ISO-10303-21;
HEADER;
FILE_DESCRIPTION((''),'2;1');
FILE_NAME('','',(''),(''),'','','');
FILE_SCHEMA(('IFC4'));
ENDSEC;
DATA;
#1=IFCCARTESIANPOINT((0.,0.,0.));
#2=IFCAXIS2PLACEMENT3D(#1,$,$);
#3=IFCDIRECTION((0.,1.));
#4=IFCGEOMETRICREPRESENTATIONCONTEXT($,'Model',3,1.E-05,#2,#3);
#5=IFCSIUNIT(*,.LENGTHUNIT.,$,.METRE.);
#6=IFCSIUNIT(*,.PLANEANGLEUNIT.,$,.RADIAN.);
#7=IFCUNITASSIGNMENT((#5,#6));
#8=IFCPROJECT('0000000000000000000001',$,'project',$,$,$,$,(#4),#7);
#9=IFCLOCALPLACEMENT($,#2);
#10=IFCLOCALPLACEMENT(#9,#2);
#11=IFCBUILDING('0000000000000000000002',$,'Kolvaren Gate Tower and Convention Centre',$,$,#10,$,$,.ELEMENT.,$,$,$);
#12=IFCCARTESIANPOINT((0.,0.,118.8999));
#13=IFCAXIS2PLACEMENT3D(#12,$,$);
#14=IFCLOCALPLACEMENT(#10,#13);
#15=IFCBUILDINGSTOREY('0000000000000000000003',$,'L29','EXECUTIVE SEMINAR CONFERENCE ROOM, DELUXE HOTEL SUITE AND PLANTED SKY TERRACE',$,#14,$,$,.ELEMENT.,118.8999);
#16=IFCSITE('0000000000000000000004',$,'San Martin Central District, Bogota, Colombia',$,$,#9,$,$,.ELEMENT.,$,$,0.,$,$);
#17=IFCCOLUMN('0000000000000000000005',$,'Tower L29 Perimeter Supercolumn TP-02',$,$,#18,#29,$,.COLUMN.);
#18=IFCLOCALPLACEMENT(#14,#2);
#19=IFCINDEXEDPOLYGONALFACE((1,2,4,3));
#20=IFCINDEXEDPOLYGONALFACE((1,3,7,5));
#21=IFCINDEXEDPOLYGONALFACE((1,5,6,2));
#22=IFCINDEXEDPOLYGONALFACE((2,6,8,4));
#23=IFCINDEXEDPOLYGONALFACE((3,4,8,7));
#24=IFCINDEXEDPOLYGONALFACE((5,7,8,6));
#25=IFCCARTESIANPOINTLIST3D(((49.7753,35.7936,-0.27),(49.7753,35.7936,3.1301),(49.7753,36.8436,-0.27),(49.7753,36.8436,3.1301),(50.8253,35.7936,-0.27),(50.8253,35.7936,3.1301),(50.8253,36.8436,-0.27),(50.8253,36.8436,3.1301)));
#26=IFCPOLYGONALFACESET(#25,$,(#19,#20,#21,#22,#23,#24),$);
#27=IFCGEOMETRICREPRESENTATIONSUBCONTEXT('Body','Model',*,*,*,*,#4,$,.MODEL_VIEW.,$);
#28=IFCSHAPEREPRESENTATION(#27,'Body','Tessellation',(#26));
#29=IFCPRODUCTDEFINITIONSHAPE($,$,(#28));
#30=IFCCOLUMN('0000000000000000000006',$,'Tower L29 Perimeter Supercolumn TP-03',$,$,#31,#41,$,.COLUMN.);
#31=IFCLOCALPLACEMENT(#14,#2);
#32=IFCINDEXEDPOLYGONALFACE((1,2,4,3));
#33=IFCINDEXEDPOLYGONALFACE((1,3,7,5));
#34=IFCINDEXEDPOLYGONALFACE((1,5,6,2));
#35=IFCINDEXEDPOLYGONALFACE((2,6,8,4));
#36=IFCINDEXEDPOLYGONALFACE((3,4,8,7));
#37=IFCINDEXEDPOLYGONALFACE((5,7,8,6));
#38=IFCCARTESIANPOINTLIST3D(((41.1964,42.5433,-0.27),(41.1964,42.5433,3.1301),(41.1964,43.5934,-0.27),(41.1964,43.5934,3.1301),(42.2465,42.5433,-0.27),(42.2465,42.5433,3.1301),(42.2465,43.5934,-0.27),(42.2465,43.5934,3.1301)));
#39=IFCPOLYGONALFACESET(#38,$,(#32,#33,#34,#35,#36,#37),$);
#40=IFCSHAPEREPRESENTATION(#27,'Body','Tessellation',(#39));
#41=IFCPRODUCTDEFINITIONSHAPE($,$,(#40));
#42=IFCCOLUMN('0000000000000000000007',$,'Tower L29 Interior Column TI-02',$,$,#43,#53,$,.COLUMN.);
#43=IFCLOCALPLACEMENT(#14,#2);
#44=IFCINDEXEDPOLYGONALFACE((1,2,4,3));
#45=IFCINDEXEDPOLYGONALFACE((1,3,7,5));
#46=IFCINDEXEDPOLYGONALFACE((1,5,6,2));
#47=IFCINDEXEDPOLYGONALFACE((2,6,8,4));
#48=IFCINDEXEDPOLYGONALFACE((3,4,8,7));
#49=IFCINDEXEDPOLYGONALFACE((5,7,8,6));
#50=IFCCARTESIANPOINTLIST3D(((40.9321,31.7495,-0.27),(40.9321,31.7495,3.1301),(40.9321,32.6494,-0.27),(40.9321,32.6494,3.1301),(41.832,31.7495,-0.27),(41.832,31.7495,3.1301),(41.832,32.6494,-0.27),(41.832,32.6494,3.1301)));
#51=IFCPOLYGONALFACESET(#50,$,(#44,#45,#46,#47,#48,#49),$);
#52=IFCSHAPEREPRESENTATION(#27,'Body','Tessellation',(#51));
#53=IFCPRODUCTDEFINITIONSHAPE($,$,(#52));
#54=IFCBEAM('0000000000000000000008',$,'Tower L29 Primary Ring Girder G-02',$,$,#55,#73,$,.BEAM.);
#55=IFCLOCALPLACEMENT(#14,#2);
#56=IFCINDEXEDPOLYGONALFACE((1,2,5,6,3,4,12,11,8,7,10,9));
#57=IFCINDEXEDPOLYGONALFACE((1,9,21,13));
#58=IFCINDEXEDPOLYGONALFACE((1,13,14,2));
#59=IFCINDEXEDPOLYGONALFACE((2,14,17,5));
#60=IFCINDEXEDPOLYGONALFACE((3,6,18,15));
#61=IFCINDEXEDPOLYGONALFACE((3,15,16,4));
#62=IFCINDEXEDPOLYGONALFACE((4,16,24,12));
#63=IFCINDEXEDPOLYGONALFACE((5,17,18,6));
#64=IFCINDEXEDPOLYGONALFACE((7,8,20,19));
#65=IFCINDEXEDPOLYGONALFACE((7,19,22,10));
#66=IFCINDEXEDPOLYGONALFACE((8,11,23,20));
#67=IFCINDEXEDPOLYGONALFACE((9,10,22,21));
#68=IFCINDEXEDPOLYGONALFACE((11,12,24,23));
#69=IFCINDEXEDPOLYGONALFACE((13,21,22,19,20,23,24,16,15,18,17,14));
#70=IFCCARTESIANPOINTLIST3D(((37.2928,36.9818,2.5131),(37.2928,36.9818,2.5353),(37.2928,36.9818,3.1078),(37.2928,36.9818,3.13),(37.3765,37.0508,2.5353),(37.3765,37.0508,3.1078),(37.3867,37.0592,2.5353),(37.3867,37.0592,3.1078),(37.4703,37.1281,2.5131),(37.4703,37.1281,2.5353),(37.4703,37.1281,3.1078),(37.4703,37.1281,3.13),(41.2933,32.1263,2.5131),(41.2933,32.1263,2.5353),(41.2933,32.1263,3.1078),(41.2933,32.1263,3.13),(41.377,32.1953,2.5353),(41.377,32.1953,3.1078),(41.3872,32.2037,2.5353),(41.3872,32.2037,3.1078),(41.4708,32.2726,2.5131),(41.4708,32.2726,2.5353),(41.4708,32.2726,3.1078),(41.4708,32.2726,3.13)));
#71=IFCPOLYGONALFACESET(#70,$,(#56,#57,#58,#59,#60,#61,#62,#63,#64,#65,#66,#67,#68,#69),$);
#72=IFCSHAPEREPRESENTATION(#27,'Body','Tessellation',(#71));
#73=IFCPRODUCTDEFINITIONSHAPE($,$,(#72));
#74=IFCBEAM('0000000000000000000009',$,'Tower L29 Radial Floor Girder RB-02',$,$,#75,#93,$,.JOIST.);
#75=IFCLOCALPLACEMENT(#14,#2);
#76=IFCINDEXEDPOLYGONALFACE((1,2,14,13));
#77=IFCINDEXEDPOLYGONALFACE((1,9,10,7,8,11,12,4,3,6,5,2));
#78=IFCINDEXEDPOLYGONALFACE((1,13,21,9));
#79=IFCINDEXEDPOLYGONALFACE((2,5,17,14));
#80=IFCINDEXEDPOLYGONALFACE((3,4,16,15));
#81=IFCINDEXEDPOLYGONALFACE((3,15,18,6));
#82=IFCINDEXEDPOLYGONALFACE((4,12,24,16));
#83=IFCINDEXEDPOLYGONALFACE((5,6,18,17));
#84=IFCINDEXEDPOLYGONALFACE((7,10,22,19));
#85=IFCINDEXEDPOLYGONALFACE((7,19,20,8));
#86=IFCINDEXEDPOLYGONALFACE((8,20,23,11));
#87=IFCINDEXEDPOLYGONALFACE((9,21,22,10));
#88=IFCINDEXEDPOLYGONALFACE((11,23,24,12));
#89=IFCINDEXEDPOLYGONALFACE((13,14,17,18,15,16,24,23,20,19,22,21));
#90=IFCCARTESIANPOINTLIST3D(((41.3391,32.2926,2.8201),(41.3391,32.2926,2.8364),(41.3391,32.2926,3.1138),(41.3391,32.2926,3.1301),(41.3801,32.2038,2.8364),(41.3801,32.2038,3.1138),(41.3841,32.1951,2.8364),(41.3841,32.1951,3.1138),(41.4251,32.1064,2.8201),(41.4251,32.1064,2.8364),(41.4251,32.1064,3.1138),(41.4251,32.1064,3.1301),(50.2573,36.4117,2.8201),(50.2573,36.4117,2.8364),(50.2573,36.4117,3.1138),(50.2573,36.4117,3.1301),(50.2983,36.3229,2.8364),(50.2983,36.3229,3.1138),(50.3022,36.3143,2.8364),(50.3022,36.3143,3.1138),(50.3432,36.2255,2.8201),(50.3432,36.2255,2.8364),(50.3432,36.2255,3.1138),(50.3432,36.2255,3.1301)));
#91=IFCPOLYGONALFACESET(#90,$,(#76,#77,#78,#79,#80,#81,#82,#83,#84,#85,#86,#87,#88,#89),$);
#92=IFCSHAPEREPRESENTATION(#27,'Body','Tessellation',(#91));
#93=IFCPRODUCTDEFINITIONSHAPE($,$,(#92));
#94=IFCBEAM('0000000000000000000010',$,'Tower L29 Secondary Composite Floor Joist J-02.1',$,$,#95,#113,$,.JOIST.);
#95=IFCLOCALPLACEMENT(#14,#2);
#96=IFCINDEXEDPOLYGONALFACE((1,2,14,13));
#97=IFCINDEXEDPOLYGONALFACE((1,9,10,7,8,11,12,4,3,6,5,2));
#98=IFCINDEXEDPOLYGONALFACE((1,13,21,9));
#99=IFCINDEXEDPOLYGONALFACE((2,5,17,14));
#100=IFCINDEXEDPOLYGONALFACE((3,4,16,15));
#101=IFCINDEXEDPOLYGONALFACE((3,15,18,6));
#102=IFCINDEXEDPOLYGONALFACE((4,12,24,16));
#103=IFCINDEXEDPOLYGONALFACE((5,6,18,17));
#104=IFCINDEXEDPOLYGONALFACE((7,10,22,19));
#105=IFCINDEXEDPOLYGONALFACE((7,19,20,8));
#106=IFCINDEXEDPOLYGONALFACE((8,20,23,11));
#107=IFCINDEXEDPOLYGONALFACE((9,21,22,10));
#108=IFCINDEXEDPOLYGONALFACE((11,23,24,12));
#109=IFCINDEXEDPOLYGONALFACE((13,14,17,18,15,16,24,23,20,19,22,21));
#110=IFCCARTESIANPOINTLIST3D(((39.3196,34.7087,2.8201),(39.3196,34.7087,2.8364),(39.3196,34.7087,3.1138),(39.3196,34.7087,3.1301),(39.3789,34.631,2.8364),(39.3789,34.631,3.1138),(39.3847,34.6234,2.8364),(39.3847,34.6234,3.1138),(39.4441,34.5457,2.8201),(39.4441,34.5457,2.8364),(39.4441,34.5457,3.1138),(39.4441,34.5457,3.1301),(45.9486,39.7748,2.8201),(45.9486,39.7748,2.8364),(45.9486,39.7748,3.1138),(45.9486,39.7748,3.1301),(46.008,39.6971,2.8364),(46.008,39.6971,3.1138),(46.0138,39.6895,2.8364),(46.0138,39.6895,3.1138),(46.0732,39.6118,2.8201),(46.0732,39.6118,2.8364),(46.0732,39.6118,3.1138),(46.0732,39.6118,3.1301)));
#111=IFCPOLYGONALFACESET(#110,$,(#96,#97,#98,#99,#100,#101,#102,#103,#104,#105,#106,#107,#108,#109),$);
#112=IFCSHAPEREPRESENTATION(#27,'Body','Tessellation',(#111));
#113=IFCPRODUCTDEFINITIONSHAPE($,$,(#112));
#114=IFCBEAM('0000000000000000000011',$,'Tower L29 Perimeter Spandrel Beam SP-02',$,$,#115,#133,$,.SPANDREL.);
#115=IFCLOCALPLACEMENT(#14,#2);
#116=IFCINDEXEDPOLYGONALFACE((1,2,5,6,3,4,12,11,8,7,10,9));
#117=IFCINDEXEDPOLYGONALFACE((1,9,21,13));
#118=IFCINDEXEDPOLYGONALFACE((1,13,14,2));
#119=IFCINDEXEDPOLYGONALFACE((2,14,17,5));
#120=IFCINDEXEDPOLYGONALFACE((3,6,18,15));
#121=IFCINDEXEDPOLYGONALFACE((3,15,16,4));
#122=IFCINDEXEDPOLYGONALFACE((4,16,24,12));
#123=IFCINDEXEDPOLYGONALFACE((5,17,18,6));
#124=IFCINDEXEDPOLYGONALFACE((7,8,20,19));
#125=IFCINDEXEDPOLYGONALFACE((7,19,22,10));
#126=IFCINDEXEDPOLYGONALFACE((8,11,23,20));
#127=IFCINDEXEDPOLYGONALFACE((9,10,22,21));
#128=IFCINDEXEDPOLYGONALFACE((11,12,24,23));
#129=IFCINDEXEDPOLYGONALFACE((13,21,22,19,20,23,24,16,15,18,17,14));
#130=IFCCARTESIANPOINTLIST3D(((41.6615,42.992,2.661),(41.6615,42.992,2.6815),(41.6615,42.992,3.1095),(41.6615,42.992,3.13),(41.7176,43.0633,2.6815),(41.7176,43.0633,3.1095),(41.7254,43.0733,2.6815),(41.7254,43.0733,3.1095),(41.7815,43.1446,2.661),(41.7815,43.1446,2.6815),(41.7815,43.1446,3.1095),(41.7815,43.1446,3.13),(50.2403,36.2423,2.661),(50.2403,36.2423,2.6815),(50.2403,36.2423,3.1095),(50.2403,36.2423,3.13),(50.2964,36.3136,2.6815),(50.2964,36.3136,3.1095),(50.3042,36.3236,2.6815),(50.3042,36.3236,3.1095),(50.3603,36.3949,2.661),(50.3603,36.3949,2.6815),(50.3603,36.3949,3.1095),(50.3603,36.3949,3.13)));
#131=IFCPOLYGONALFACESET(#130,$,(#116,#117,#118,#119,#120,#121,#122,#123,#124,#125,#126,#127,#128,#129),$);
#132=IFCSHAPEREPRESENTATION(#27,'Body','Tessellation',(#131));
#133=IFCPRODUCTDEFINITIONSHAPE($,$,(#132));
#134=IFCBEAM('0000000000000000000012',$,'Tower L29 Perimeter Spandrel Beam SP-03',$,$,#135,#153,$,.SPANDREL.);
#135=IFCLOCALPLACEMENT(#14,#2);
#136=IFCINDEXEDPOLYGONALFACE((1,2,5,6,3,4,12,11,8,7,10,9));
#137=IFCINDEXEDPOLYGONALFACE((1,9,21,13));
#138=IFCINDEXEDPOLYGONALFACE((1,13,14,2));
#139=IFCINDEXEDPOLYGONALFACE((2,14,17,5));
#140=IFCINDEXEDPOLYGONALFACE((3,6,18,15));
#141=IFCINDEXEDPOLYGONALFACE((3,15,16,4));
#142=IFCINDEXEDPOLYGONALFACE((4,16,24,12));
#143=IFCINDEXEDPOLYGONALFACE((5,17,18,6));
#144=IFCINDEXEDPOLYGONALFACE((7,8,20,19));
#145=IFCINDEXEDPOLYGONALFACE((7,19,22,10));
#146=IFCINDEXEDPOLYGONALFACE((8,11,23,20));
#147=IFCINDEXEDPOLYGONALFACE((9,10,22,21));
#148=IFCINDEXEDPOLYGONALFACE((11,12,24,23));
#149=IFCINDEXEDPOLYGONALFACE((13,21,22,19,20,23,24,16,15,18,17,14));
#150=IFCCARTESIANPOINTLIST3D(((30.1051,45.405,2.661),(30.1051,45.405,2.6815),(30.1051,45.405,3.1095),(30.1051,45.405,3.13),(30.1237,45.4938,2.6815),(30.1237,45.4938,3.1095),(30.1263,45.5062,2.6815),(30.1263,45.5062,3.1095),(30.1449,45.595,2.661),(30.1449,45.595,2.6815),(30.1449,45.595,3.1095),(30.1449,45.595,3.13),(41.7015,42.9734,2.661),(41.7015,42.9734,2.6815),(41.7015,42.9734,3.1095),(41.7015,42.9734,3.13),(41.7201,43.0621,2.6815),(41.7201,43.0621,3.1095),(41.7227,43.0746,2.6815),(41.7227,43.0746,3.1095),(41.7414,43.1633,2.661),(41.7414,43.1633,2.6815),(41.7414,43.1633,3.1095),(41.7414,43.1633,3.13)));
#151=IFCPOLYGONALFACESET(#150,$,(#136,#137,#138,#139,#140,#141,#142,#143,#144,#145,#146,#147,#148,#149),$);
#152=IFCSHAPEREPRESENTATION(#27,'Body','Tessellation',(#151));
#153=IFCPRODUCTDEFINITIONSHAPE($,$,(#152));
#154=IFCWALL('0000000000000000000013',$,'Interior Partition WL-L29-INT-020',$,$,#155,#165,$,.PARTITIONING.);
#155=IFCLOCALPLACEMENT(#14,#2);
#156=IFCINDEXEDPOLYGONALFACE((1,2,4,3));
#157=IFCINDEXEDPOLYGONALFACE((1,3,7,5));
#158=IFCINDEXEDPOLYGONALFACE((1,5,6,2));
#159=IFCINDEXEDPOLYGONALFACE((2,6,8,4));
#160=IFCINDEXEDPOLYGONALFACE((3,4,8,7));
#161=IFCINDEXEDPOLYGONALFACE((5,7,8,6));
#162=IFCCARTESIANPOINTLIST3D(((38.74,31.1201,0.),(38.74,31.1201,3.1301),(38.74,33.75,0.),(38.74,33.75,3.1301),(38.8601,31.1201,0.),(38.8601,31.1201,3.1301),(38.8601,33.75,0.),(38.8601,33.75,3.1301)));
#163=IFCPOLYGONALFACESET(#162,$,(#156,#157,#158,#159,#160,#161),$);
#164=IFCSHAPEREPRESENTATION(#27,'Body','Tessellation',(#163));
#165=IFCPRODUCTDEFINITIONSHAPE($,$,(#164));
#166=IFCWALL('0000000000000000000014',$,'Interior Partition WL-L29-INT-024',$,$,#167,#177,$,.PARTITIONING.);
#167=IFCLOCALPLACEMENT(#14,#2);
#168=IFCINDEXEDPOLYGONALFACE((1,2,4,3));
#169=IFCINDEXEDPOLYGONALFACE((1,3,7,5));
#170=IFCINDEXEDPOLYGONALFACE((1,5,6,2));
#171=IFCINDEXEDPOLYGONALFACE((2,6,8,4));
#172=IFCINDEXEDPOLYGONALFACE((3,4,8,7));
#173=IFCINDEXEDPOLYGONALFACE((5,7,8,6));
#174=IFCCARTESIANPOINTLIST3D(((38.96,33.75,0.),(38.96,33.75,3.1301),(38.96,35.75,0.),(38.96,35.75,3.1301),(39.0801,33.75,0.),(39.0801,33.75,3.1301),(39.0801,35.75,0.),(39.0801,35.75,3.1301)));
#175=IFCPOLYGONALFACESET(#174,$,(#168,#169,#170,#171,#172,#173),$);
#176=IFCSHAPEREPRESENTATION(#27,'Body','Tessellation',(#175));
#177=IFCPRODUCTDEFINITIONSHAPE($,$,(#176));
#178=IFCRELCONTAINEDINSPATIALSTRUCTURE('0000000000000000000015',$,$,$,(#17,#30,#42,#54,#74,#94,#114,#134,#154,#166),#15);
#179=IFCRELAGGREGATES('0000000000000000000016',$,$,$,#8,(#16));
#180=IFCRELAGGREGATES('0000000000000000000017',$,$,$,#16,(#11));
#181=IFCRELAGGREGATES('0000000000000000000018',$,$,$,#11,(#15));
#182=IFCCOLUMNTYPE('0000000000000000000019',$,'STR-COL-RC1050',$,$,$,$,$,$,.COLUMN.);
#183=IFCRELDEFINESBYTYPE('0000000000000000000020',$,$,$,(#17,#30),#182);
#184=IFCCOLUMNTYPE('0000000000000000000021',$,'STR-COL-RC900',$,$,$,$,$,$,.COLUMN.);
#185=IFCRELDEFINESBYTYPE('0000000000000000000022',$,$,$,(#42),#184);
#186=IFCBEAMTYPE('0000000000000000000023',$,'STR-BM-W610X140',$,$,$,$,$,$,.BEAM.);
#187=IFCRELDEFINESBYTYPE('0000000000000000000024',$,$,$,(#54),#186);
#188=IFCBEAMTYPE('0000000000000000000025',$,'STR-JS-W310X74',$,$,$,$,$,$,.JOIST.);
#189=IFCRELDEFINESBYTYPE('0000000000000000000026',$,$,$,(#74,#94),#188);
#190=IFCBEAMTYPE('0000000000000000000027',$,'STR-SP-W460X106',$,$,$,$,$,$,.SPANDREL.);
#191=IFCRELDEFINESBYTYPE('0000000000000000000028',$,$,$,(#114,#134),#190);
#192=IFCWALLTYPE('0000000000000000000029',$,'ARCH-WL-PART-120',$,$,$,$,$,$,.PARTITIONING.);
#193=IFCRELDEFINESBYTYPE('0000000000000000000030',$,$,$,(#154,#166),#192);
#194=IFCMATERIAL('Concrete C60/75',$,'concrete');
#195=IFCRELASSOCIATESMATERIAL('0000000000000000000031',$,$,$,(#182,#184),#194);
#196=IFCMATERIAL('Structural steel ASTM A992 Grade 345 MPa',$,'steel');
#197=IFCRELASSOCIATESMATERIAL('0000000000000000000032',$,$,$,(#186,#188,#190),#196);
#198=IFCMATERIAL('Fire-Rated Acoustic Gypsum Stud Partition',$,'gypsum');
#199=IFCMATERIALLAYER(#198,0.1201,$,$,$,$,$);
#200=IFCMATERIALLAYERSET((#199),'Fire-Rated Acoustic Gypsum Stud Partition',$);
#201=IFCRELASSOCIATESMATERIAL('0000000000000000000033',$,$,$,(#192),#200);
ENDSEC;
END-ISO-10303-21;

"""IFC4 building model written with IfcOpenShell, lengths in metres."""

from ifc_helpers import new_model, si_unit, direction, frame, frame_2d, origin, origin_2d, place, context, subcontext, project, spatial, rectangle, i_section, extrude, material, layer, layer_set, material_profile, profile_set, type_object, element, save


model = new_model("IFC4")

# Units and contexts
model_context = context("Model", 3, precision=1e-05, world=origin(), true_north=direction((0.0, 1.0)))
body_context = subcontext(model_context, "Body", "Model", "MODEL_VIEW")
ifc_project = project(units=[si_unit("LENGTHUNIT", "METRE"), si_unit("PLANEANGLEUNIT", "RADIAN")], contexts=[model_context])

# Site, building, storey
site_placement = place(None, origin())
site = spatial("IfcSite", under=ifc_project, at=site_placement, Name="San Martin Central District, Bogota, Colombia", CompositionType="ELEMENT", RefElevation=0.0)
building_placement = place(site_placement, origin())
building = spatial("IfcBuilding", under=site, at=building_placement, Name="Kolvaren Gate Tower and Convention Centre", CompositionType="ELEMENT")
storey_placement = place(building_placement, frame((0.0, 0.0, 118.8999)))
storey = spatial("IfcBuildingStorey", under=building, at=storey_placement, Name="L29", Description="EXECUTIVE SEMINAR CONFERENCE ROOM, DELUXE HOTEL SUITE AND PLANTED SKY TERRACE", CompositionType="ELEMENT", Elevation=118.8999)

# Columns
ifc_material_1 = material(Name="Concrete C60/75", Category="concrete")
ifc_material_profile_1 = material_profile(ifc_material_1, rectangle(XDim=1.05, YDim=1.05, at=origin_2d()), Name="RC-COL-1050X1050")
ifc_profile_set_1 = profile_set([ifc_material_profile_1], Name="Concrete C60/75")
column_type_1 = type_object("IfcColumnType", Name="STR-COL-RC1050", PredefinedType="COLUMN", material=ifc_profile_set_1)
for number, where, z_axis, x_axis, name in (
    (1, (50.3003, 36.3186, -0.27), (0.0, 0.0, 1.0), (1.0, 0.0, 0.0), "Tower L29 Perimeter Supercolumn TP-02"),
    (2, (41.7214, 43.0684, -0.27), (0.0, 0.0, 1.0), (1.0, 0.0, 0.0), "Tower L29 Perimeter Supercolumn TP-03"),
):
    element("IfcColumn", number, at=place(storey_placement, frame(where, z_axis=z_axis, x_axis=x_axis)), inside=storey, type_object=column_type_1, Name=name, PredefinedType="COLUMN", context=body_context, shape_type="SweptSolid", body=[
        extrude(rectangle(XDim=1.05, YDim=1.05, at=origin_2d()), origin(), (0.0, 0.0, 1.0), 3.4001),
    ])
ifc_material_profile_2 = material_profile(ifc_material_1, rectangle(XDim=0.8999, YDim=0.8999, at=origin_2d()), Name="RC-COL-900X900")
ifc_profile_set_2 = profile_set([ifc_material_profile_2], Name="Concrete C60/75")
column_type_2 = type_object("IfcColumnType", Name="STR-COL-RC900", PredefinedType="COLUMN", material=ifc_profile_set_2)
column_placement = place(storey_placement, frame((41.3821, 32.1995, -0.27), z_axis=(0.0, 0.0, 1.0), x_axis=(1.0, 0.0, 0.0)))
element("IfcColumn", 3, at=column_placement, inside=storey, type_object=column_type_2, Name="Tower L29 Interior Column TI-02", PredefinedType="COLUMN", context=body_context, shape_type="SweptSolid", body=[
    extrude(rectangle(XDim=0.8999, YDim=0.8999, at=origin_2d()), origin(), (0.0, 0.0, 1.0), 3.4001),
])

# Beams
ifc_material_2 = material(Name="Structural steel ASTM A992 Grade 345 MPa", Category="steel")
ifc_material_profile_3 = material_profile(ifc_material_2, i_section(OverallWidth=0.23, OverallDepth=0.6169, WebThickness=0.0132, FlangeThickness=0.0222, at=origin_2d()), Name="W610X140")
ifc_profile_set_3 = profile_set([ifc_material_profile_3], Name="Structural steel ASTM A992 Grade 345 MPa")
beam_type_1 = type_object("IfcBeamType", Name="STR-BM-W610X140", PredefinedType="BEAM", material=ifc_profile_set_3)
beam_1_placement = place(storey_placement, frame((41.3821, 32.1995, 2.8215), z_axis=(-0.635884, 0.771785, 0.0), x_axis=(-0.771785, -0.635884, 0.0)))
element("IfcBeam", 4, at=beam_1_placement, inside=storey, type_object=beam_type_1, Name="Tower L29 Primary Ring Girder G-02", PredefinedType="BEAM", context=body_context, shape_type="SweptSolid", body=[
    extrude(i_section(OverallWidth=0.23, OverallDepth=0.6169, WebThickness=0.0132, FlangeThickness=0.0222, at=origin_2d()), origin(), (0.0, 0.0, 1.0), 6.2913),
])
ifc_material_profile_4 = material_profile(ifc_material_2, i_section(OverallWidth=0.2051, OverallDepth=0.3101, WebThickness=0.0095, FlangeThickness=0.0164, at=origin_2d()), Name="W310X74")
ifc_profile_set_4 = profile_set([ifc_material_profile_4], Name="Structural steel ASTM A992 Grade 345 MPa")
beam_type_2 = type_object("IfcBeamType", Name="STR-JS-W310X74", PredefinedType="JOIST", material=ifc_profile_set_4)
beam_2_placement = place(storey_placement, frame((41.3821, 32.1995, 2.9751), z_axis=(0.907842, 0.419313, 0.0), x_axis=(-0.419313, 0.907842, 0.0)))
element("IfcBeam", 5, at=beam_2_placement, inside=storey, type_object=beam_type_2, Name="Tower L29 Radial Floor Girder RB-02", PredefinedType="JOIST", context=body_context, shape_type="SweptSolid", body=[
    extrude(i_section(OverallWidth=0.2051, OverallDepth=0.3101, WebThickness=0.0095, FlangeThickness=0.0164, at=origin_2d()), origin(), (0.0, 0.0, 1.0), 9.8235),
])
beam_3_placement = place(storey_placement, frame((39.3818, 34.6272, 2.9751), z_axis=(0.794542, 0.607209, 0.0), x_axis=(-0.607209, 0.794542, 0.0)))
element("IfcBeam", 6, at=beam_3_placement, inside=storey, type_object=beam_type_2, Name="Tower L29 Secondary Composite Floor Joist J-02.1", PredefinedType="JOIST", context=body_context, shape_type="SweptSolid", body=[
    extrude(i_section(OverallWidth=0.2051, OverallDepth=0.3101, WebThickness=0.0095, FlangeThickness=0.0164, at=origin_2d()), origin(), (0.0, 0.0, 1.0), 8.3433),
])
ifc_material_profile_5 = material_profile(ifc_material_2, i_section(OverallWidth=0.1941, OverallDepth=0.469, WebThickness=0.0127, FlangeThickness=0.0205, at=origin_2d()), Name="W460X106")
ifc_profile_set_5 = profile_set([ifc_material_profile_5], Name="Structural steel ASTM A992 Grade 345 MPa")
beam_type_3 = type_object("IfcBeamType", Name="STR-SP-W460X106", PredefinedType="SPANDREL", material=ifc_profile_set_5)
beam_4_placement = place(storey_placement, frame((50.3003, 36.3186, 2.8955), z_axis=(-0.785908, 0.618344, 0.0), x_axis=(-0.618344, -0.785908, 0.0)))
element("IfcBeam", 7, at=beam_4_placement, inside=storey, type_object=beam_type_3, Name="Tower L29 Perimeter Spandrel Beam SP-02", PredefinedType="SPANDREL", context=body_context, shape_type="SweptSolid", body=[
    extrude(i_section(OverallWidth=0.1941, OverallDepth=0.469, WebThickness=0.0127, FlangeThickness=0.0205, at=origin_2d()), origin(), (0.0, 0.0, 1.0), 10.9158),
])
beam_5_placement = place(storey_placement, frame((41.7214, 43.0684, 2.8955), z_axis=(-0.978715, 0.205225, 0.0), x_axis=(-0.205225, -0.978715, 0.0)))
element("IfcBeam", 8, at=beam_5_placement, inside=storey, type_object=beam_type_3, Name="Tower L29 Perimeter Spandrel Beam SP-03", PredefinedType="SPANDREL", context=body_context, shape_type="SweptSolid", body=[
    extrude(i_section(OverallWidth=0.1941, OverallDepth=0.469, WebThickness=0.0127, FlangeThickness=0.0205, at=origin_2d()), origin(), (0.0, 0.0, 1.0), 11.8486),
])

# Walls
ifc_material_3 = material(Name="Fire-Rated Acoustic Gypsum Stud Partition", Category="gypsum")
ifc_layer_1 = layer(ifc_material_3, 0.1201)
ifc_layer_set_1 = layer_set([ifc_layer_1], Name="Fire-Rated Acoustic Gypsum Stud Partition")
wall_type_1 = type_object("IfcWallType", Name="ARCH-WL-PART-120", PredefinedType="PARTITIONING", material=ifc_layer_set_1)
wall_1_placement = place(storey_placement, frame((38.8, 31.1201, 0.0), z_axis=(0.0, 0.0, 1.0), x_axis=(0.0, 1.0, 0.0)))
element("IfcWall", 9, at=wall_1_placement, inside=storey, type_object=wall_type_1, Name="Interior Partition WL-L29-INT-020", PredefinedType="PARTITIONING", context=body_context, shape_type="SweptSolid", body=[
    extrude(rectangle(XDim=2.6299, YDim=0.1201, at=frame_2d((1.3149, 0.0))), origin(), (0.0, 0.0, 1.0), 3.1301),
])
wall_2_placement = place(storey_placement, frame((39.02, 33.75, 0.0), z_axis=(0.0, 0.0, 1.0), x_axis=(0.0, 1.0, 0.0)))
element("IfcWall", 10, at=wall_2_placement, inside=storey, type_object=wall_type_1, Name="Interior Partition WL-L29-INT-024", PredefinedType="PARTITIONING", context=body_context, shape_type="SweptSolid", body=[
    extrude(rectangle(XDim=2.0, YDim=0.1201, at=frame_2d((1.0, 0.0))), origin(), (0.0, 0.0, 1.0), 3.1301),
])

save(model, "model.ifc")
